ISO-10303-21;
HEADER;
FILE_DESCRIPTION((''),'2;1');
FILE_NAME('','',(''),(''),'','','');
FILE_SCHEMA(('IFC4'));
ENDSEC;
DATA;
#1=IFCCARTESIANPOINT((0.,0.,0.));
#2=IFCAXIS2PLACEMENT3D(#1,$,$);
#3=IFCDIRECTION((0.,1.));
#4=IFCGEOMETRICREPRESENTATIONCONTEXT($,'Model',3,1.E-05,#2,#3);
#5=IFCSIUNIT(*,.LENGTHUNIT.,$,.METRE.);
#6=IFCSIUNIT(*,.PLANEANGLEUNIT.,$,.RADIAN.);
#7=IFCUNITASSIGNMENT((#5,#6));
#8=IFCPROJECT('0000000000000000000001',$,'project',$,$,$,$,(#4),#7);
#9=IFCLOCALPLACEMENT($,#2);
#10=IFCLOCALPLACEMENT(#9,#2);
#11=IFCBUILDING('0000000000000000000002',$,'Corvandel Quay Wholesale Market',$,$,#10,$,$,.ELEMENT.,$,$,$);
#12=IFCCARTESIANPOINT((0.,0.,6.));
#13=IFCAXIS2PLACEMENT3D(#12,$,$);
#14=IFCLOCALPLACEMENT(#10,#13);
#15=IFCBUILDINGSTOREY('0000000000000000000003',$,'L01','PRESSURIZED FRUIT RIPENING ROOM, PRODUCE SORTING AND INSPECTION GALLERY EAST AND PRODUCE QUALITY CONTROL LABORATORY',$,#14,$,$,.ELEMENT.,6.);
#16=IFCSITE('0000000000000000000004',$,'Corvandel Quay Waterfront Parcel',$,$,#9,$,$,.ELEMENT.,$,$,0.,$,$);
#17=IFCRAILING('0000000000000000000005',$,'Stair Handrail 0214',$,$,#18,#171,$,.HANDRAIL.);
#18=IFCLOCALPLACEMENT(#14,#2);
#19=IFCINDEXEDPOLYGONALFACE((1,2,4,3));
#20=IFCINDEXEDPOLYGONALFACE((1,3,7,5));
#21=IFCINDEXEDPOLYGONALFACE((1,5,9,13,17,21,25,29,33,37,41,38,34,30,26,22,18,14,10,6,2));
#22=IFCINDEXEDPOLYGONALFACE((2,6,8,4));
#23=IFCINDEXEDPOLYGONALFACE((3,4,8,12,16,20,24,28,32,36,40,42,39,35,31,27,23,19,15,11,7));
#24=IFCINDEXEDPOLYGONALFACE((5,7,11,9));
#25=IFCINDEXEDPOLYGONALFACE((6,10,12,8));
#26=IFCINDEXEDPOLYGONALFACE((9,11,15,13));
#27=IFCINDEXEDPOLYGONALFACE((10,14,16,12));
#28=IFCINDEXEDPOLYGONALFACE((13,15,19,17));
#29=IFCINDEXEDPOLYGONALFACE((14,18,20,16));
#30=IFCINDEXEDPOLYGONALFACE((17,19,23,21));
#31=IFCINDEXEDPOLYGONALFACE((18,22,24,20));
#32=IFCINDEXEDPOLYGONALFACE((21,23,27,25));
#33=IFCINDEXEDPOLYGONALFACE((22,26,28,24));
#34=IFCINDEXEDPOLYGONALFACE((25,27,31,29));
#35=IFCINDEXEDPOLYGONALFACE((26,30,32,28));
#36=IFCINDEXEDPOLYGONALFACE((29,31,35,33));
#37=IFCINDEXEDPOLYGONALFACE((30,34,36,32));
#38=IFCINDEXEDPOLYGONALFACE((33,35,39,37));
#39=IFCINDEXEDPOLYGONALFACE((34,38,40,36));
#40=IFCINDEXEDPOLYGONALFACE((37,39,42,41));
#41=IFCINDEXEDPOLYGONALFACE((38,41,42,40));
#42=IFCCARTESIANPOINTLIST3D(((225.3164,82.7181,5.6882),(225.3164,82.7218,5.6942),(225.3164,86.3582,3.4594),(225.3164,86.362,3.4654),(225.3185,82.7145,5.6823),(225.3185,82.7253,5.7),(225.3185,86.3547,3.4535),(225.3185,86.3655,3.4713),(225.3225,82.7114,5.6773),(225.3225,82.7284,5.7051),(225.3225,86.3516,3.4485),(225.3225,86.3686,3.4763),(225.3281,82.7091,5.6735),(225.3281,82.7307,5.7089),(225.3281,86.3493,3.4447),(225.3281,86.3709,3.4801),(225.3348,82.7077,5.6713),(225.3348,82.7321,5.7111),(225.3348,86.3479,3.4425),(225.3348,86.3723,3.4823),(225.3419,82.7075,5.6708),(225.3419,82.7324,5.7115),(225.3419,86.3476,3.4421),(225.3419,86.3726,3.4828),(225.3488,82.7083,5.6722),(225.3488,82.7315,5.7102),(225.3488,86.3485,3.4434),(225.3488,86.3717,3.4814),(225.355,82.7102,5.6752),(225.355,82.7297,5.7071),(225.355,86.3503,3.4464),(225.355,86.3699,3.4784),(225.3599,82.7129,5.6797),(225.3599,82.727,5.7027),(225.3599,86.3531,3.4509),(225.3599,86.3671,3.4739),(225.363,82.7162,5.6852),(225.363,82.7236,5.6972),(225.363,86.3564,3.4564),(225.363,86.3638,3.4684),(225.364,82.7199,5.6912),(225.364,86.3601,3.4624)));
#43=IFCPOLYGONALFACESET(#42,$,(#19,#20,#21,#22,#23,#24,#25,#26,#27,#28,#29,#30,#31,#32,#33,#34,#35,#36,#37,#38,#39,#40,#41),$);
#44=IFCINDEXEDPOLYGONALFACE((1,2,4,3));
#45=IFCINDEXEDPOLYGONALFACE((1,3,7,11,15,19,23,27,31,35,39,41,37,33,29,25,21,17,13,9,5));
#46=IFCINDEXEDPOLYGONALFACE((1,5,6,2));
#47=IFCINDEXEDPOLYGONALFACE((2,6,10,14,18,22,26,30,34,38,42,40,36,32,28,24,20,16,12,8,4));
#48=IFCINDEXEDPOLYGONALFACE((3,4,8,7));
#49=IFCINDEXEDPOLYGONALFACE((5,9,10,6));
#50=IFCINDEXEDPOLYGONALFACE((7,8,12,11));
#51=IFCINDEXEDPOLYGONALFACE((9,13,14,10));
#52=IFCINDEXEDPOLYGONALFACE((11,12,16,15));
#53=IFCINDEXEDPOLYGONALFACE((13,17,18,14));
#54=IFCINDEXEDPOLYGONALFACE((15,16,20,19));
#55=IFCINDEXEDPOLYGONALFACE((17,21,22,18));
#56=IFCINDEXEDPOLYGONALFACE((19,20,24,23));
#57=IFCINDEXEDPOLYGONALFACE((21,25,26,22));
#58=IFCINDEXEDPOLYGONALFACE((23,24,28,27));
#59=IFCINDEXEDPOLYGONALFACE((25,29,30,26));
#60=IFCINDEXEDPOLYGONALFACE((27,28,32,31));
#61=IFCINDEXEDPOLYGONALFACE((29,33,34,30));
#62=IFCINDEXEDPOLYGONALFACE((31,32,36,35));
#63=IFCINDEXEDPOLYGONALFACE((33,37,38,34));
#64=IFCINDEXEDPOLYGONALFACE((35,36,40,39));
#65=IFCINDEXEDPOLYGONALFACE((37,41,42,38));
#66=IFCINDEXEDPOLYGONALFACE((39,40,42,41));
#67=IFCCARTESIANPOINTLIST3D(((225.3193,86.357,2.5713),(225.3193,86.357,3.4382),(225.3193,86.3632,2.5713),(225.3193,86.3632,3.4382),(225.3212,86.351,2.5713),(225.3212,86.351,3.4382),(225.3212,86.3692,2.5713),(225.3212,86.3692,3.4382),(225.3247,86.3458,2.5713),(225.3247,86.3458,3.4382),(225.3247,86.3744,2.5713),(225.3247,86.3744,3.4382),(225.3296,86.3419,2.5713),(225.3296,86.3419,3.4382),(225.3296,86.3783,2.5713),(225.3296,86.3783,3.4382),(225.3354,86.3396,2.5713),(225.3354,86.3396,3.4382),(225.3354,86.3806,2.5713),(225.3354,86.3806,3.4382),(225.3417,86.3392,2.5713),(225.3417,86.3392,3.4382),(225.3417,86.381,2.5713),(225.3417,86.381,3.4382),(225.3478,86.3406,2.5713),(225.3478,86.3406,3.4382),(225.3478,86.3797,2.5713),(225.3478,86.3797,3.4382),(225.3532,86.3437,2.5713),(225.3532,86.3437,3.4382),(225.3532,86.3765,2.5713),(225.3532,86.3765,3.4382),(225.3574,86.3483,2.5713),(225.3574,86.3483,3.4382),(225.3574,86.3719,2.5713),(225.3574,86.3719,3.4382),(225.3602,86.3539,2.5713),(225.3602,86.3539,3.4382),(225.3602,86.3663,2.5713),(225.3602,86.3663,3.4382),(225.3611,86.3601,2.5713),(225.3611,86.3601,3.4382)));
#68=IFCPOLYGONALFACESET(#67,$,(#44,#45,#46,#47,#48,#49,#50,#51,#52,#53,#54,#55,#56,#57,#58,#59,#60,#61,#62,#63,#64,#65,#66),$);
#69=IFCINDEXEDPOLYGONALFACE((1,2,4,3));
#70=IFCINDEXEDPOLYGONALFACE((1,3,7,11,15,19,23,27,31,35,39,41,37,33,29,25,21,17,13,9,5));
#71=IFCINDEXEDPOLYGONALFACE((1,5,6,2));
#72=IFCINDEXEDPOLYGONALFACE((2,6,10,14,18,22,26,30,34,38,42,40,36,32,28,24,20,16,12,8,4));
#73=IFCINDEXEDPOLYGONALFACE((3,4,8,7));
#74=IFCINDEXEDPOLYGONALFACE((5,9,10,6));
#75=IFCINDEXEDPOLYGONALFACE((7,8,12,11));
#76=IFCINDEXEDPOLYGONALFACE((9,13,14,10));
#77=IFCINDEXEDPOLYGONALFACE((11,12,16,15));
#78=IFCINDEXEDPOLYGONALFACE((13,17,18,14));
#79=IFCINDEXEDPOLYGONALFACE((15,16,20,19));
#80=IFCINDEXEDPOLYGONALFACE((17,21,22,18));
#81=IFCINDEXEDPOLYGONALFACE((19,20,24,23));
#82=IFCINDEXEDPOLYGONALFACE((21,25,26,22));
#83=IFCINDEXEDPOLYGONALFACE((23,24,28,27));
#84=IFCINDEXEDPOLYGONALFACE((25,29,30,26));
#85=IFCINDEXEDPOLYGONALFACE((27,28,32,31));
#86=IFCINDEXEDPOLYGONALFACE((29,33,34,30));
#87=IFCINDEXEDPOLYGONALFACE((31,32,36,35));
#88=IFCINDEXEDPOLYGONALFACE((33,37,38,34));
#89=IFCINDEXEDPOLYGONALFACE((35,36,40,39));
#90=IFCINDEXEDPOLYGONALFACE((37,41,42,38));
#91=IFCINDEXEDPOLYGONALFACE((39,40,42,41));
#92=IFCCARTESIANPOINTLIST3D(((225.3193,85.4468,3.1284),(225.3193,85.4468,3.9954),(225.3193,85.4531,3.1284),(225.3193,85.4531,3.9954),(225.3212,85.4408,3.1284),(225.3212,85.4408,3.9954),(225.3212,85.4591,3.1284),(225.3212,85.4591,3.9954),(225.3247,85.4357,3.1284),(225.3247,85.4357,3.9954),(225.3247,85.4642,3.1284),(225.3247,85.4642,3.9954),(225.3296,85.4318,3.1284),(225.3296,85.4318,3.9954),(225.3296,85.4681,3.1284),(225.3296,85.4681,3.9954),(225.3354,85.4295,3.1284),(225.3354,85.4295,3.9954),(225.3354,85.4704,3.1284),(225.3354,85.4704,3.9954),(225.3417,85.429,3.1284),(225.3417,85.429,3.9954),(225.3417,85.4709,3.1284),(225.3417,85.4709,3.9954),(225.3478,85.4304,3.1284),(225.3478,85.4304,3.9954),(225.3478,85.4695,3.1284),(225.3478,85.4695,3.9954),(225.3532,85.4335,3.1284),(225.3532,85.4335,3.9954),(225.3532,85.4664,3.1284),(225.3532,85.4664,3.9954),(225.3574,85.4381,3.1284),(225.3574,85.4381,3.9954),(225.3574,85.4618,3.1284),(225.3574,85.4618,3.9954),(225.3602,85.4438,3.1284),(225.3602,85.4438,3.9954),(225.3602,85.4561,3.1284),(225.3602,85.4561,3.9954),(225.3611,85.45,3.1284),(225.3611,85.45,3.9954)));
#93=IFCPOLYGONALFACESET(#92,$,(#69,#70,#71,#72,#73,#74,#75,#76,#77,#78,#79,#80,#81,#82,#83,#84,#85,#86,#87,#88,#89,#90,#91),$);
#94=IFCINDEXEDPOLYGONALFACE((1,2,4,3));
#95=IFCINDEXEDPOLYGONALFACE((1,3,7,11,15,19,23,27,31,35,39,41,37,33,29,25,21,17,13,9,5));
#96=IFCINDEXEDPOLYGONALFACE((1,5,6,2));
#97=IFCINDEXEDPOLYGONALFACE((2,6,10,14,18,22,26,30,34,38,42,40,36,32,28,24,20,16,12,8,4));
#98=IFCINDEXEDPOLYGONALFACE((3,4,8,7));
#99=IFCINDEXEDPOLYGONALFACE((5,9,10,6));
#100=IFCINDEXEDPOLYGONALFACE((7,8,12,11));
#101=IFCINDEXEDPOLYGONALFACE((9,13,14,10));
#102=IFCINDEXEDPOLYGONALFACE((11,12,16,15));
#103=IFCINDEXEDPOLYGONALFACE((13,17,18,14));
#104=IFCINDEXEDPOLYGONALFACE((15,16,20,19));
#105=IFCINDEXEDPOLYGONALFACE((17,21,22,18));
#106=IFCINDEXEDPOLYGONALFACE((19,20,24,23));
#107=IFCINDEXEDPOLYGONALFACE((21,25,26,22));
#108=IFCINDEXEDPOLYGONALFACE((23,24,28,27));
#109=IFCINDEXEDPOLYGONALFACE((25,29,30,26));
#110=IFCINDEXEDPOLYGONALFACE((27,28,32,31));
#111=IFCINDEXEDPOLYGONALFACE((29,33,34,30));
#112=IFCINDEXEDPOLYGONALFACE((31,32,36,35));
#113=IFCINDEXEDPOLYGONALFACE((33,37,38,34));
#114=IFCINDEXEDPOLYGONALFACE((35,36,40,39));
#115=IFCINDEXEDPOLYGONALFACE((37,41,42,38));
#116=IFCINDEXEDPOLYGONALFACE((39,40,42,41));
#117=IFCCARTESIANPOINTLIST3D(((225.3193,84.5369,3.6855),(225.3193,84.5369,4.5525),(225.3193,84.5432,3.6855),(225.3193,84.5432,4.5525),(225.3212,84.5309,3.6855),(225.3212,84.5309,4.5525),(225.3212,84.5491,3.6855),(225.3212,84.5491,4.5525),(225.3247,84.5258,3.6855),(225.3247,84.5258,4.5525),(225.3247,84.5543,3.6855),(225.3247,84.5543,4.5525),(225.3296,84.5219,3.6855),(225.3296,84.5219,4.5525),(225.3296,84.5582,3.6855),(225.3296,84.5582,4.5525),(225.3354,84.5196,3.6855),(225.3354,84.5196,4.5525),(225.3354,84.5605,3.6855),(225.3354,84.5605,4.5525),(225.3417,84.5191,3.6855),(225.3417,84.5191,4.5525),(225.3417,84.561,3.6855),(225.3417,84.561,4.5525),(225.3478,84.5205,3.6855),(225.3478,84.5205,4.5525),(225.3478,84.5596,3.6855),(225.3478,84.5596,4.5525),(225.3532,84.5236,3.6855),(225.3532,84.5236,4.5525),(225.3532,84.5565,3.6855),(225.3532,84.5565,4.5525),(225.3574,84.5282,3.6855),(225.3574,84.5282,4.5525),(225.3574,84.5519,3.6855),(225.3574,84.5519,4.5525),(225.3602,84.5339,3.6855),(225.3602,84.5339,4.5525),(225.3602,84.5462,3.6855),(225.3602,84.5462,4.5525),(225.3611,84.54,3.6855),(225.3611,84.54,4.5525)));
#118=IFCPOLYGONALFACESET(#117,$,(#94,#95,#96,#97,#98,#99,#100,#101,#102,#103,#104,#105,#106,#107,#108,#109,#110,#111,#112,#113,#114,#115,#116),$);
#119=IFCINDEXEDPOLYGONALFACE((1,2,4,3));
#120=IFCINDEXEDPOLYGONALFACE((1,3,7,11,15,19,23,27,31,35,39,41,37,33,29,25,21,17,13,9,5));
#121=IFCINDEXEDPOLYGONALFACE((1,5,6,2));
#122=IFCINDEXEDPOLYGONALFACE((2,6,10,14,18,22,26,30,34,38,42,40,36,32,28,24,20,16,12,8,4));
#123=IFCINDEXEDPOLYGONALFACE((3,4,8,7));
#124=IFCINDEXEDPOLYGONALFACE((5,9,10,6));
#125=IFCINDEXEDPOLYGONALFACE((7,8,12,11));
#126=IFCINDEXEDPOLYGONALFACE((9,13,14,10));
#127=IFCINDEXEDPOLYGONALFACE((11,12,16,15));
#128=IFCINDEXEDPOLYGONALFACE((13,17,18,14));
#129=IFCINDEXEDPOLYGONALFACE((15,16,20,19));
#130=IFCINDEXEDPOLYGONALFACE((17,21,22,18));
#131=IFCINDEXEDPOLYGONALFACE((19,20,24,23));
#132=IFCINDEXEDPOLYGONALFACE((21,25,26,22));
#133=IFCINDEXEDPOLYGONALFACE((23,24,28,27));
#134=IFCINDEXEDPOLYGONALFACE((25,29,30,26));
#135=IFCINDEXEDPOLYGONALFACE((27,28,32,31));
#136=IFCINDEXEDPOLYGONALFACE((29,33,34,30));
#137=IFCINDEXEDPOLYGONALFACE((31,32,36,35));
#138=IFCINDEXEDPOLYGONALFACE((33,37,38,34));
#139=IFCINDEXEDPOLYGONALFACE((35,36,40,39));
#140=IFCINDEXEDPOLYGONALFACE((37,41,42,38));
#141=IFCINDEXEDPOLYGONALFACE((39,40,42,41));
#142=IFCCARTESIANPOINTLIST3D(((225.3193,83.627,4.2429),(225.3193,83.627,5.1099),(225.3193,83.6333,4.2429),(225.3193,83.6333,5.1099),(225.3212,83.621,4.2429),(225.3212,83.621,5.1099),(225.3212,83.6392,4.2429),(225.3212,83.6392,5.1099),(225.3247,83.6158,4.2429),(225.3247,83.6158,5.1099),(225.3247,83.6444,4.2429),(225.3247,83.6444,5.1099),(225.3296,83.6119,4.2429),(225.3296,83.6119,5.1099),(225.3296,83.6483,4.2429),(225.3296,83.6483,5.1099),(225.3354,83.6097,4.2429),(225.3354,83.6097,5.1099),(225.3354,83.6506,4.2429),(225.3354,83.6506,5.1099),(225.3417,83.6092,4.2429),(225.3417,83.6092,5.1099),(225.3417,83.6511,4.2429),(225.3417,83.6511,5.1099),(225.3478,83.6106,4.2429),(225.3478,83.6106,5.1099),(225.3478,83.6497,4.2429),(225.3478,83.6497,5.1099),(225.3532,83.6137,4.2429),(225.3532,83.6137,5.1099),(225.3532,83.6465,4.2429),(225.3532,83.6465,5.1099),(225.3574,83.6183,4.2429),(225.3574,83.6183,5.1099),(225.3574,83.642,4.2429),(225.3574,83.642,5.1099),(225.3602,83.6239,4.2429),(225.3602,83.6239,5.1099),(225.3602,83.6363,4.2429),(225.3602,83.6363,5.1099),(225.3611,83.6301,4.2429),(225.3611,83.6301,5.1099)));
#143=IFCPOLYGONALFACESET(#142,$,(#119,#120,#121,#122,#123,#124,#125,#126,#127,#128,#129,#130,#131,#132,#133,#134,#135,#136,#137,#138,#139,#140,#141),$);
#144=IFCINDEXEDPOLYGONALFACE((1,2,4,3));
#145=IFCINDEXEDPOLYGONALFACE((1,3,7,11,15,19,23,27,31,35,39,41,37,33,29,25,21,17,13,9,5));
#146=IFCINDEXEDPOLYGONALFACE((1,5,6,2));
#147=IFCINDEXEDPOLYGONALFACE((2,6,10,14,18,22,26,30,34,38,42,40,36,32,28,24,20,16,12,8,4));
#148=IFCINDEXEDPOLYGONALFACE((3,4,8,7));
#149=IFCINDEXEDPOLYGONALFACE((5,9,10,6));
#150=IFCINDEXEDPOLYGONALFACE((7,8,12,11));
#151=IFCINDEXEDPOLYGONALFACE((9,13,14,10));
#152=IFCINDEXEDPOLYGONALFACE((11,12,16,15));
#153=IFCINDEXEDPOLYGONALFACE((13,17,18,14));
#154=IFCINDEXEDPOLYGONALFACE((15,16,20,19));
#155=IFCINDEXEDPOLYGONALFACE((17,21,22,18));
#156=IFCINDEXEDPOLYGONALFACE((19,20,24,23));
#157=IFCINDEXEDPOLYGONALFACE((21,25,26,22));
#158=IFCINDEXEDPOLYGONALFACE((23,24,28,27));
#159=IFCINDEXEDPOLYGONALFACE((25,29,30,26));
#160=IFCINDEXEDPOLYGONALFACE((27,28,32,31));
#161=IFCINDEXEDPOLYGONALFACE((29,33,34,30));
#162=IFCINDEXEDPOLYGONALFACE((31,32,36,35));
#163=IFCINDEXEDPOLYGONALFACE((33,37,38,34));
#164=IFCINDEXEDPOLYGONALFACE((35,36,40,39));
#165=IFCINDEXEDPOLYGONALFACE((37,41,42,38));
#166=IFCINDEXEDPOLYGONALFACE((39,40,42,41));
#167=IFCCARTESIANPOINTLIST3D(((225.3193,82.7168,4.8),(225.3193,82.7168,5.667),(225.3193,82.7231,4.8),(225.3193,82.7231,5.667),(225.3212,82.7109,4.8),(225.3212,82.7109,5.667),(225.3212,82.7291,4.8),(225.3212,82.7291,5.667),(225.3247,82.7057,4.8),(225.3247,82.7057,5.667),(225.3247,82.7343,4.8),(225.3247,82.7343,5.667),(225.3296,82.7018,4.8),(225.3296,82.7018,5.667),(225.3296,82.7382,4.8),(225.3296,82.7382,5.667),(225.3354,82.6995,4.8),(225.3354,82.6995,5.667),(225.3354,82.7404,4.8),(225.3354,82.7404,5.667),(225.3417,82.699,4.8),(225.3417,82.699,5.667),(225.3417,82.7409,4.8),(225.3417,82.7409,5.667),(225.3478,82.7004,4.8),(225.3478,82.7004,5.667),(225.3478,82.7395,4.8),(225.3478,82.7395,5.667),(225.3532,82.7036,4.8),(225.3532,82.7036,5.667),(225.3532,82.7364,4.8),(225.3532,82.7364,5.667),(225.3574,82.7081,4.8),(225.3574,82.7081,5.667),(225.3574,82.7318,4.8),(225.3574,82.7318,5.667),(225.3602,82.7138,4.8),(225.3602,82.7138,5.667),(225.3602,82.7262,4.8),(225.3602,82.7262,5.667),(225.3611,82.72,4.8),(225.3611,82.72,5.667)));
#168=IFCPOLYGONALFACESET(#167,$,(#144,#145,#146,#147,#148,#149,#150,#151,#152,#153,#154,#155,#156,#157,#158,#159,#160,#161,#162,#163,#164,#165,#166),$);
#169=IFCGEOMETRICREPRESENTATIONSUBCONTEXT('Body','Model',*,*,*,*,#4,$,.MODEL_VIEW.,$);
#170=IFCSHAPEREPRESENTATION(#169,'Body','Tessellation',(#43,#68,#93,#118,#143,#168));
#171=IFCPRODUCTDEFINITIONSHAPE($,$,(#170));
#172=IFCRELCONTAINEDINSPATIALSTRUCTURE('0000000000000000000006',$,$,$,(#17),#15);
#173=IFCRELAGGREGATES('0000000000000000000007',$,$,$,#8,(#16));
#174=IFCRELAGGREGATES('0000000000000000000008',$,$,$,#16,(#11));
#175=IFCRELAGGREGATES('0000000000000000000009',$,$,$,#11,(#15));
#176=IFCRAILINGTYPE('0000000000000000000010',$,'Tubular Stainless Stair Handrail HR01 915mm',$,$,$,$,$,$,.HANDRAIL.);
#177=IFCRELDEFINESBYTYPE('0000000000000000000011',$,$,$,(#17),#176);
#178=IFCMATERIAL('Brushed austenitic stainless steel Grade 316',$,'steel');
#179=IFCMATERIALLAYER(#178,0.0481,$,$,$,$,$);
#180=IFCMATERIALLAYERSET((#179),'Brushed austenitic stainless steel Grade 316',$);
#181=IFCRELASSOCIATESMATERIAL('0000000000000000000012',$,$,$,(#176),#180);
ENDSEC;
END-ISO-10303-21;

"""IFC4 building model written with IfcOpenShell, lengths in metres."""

from ifc_helpers import new_model, si_unit, direction, frame, origin, origin_2d, place, context, subcontext, project, spatial, circle, extrude, material, layer, layer_set, type_object, element, save


model = new_model("IFC4")

# Units and contexts
model_context = context("Model", 3, precision=1e-05, world=origin(), true_north=direction((0.0, 1.0)))
body_context = subcontext(model_context, "Body", "Model", "MODEL_VIEW")
ifc_project = project(units=[si_unit("LENGTHUNIT", "METRE"), si_unit("PLANEANGLEUNIT", "RADIAN")], contexts=[model_context])

# Site, building, storey
site_placement = place(None, origin())
site = spatial("IfcSite", under=ifc_project, at=site_placement, Name="Corvandel Quay Waterfront Parcel", CompositionType="ELEMENT", RefElevation=0.0)
building_placement = place(site_placement, origin())
building = spatial("IfcBuilding", under=site, at=building_placement, Name="Corvandel Quay Wholesale Market", CompositionType="ELEMENT")
storey_placement = place(building_placement, frame((0.0, 0.0, 6.0)))
storey = spatial("IfcBuildingStorey", under=building, at=storey_placement, Name="L01", Description="PRESSURIZED FRUIT RIPENING ROOM, PRODUCE SORTING AND INSPECTION GALLERY EAST AND PRODUCE QUALITY CONTROL LABORATORY", CompositionType="ELEMENT", Elevation=6.0)

# Railing
ifc_material_1 = material(Name="Brushed austenitic stainless steel Grade 316", Category="steel")
ifc_layer_1 = layer(ifc_material_1, 0.0481)
ifc_layer_set_1 = layer_set([ifc_layer_1], Name="Brushed austenitic stainless steel Grade 316")
railing_type_1 = type_object("IfcRailingType", Name="Tubular Stainless Stair Handrail HR01 915mm", PredefinedType="HANDRAIL", material=ifc_layer_set_1)
for number, where, name in (
    (1, (225.3401, 86.3601, 2.5713), "Stair Handrail 0214"),
):
    element("IfcRailing", number, at=place(storey_placement, frame(where)), inside=storey, type_object=railing_type_1, Name=name, PredefinedType="HANDRAIL", context=body_context, shape_type="SweptSolid", body=[
        extrude(circle(Radius=0.0239, at=origin_2d()), frame((0.0, 0.0, 0.8911), z_axis=(0.0, -0.85284, 0.522172), x_axis=(1.0, 0.0, 0.0)), (0.0, 0.0, 1.0), 4.2683),
        extrude(circle(Radius=0.021, at=origin_2d()), origin(), (0.0, 0.0, 1.0), 0.8669),
        extrude(circle(Radius=0.021, at=origin_2d()), frame((0.0, -0.9102, 0.5571)), (0.0, 0.0, 1.0), 0.8669),
        extrude(circle(Radius=0.021, at=origin_2d()), frame((0.0, -1.8201, 1.1143)), (0.0, 0.0, 1.0), 0.8669),
        extrude(circle(Radius=0.021, at=origin_2d()), frame((0.0, -2.73, 1.6716)), (0.0, 0.0, 1.0), 0.8669),
        extrude(circle(Radius=0.021, at=origin_2d()), frame((0.0, -3.6401, 2.2288)), (0.0, 0.0, 1.0), 0.8669),
    ])

save(model, "model.ifc")
